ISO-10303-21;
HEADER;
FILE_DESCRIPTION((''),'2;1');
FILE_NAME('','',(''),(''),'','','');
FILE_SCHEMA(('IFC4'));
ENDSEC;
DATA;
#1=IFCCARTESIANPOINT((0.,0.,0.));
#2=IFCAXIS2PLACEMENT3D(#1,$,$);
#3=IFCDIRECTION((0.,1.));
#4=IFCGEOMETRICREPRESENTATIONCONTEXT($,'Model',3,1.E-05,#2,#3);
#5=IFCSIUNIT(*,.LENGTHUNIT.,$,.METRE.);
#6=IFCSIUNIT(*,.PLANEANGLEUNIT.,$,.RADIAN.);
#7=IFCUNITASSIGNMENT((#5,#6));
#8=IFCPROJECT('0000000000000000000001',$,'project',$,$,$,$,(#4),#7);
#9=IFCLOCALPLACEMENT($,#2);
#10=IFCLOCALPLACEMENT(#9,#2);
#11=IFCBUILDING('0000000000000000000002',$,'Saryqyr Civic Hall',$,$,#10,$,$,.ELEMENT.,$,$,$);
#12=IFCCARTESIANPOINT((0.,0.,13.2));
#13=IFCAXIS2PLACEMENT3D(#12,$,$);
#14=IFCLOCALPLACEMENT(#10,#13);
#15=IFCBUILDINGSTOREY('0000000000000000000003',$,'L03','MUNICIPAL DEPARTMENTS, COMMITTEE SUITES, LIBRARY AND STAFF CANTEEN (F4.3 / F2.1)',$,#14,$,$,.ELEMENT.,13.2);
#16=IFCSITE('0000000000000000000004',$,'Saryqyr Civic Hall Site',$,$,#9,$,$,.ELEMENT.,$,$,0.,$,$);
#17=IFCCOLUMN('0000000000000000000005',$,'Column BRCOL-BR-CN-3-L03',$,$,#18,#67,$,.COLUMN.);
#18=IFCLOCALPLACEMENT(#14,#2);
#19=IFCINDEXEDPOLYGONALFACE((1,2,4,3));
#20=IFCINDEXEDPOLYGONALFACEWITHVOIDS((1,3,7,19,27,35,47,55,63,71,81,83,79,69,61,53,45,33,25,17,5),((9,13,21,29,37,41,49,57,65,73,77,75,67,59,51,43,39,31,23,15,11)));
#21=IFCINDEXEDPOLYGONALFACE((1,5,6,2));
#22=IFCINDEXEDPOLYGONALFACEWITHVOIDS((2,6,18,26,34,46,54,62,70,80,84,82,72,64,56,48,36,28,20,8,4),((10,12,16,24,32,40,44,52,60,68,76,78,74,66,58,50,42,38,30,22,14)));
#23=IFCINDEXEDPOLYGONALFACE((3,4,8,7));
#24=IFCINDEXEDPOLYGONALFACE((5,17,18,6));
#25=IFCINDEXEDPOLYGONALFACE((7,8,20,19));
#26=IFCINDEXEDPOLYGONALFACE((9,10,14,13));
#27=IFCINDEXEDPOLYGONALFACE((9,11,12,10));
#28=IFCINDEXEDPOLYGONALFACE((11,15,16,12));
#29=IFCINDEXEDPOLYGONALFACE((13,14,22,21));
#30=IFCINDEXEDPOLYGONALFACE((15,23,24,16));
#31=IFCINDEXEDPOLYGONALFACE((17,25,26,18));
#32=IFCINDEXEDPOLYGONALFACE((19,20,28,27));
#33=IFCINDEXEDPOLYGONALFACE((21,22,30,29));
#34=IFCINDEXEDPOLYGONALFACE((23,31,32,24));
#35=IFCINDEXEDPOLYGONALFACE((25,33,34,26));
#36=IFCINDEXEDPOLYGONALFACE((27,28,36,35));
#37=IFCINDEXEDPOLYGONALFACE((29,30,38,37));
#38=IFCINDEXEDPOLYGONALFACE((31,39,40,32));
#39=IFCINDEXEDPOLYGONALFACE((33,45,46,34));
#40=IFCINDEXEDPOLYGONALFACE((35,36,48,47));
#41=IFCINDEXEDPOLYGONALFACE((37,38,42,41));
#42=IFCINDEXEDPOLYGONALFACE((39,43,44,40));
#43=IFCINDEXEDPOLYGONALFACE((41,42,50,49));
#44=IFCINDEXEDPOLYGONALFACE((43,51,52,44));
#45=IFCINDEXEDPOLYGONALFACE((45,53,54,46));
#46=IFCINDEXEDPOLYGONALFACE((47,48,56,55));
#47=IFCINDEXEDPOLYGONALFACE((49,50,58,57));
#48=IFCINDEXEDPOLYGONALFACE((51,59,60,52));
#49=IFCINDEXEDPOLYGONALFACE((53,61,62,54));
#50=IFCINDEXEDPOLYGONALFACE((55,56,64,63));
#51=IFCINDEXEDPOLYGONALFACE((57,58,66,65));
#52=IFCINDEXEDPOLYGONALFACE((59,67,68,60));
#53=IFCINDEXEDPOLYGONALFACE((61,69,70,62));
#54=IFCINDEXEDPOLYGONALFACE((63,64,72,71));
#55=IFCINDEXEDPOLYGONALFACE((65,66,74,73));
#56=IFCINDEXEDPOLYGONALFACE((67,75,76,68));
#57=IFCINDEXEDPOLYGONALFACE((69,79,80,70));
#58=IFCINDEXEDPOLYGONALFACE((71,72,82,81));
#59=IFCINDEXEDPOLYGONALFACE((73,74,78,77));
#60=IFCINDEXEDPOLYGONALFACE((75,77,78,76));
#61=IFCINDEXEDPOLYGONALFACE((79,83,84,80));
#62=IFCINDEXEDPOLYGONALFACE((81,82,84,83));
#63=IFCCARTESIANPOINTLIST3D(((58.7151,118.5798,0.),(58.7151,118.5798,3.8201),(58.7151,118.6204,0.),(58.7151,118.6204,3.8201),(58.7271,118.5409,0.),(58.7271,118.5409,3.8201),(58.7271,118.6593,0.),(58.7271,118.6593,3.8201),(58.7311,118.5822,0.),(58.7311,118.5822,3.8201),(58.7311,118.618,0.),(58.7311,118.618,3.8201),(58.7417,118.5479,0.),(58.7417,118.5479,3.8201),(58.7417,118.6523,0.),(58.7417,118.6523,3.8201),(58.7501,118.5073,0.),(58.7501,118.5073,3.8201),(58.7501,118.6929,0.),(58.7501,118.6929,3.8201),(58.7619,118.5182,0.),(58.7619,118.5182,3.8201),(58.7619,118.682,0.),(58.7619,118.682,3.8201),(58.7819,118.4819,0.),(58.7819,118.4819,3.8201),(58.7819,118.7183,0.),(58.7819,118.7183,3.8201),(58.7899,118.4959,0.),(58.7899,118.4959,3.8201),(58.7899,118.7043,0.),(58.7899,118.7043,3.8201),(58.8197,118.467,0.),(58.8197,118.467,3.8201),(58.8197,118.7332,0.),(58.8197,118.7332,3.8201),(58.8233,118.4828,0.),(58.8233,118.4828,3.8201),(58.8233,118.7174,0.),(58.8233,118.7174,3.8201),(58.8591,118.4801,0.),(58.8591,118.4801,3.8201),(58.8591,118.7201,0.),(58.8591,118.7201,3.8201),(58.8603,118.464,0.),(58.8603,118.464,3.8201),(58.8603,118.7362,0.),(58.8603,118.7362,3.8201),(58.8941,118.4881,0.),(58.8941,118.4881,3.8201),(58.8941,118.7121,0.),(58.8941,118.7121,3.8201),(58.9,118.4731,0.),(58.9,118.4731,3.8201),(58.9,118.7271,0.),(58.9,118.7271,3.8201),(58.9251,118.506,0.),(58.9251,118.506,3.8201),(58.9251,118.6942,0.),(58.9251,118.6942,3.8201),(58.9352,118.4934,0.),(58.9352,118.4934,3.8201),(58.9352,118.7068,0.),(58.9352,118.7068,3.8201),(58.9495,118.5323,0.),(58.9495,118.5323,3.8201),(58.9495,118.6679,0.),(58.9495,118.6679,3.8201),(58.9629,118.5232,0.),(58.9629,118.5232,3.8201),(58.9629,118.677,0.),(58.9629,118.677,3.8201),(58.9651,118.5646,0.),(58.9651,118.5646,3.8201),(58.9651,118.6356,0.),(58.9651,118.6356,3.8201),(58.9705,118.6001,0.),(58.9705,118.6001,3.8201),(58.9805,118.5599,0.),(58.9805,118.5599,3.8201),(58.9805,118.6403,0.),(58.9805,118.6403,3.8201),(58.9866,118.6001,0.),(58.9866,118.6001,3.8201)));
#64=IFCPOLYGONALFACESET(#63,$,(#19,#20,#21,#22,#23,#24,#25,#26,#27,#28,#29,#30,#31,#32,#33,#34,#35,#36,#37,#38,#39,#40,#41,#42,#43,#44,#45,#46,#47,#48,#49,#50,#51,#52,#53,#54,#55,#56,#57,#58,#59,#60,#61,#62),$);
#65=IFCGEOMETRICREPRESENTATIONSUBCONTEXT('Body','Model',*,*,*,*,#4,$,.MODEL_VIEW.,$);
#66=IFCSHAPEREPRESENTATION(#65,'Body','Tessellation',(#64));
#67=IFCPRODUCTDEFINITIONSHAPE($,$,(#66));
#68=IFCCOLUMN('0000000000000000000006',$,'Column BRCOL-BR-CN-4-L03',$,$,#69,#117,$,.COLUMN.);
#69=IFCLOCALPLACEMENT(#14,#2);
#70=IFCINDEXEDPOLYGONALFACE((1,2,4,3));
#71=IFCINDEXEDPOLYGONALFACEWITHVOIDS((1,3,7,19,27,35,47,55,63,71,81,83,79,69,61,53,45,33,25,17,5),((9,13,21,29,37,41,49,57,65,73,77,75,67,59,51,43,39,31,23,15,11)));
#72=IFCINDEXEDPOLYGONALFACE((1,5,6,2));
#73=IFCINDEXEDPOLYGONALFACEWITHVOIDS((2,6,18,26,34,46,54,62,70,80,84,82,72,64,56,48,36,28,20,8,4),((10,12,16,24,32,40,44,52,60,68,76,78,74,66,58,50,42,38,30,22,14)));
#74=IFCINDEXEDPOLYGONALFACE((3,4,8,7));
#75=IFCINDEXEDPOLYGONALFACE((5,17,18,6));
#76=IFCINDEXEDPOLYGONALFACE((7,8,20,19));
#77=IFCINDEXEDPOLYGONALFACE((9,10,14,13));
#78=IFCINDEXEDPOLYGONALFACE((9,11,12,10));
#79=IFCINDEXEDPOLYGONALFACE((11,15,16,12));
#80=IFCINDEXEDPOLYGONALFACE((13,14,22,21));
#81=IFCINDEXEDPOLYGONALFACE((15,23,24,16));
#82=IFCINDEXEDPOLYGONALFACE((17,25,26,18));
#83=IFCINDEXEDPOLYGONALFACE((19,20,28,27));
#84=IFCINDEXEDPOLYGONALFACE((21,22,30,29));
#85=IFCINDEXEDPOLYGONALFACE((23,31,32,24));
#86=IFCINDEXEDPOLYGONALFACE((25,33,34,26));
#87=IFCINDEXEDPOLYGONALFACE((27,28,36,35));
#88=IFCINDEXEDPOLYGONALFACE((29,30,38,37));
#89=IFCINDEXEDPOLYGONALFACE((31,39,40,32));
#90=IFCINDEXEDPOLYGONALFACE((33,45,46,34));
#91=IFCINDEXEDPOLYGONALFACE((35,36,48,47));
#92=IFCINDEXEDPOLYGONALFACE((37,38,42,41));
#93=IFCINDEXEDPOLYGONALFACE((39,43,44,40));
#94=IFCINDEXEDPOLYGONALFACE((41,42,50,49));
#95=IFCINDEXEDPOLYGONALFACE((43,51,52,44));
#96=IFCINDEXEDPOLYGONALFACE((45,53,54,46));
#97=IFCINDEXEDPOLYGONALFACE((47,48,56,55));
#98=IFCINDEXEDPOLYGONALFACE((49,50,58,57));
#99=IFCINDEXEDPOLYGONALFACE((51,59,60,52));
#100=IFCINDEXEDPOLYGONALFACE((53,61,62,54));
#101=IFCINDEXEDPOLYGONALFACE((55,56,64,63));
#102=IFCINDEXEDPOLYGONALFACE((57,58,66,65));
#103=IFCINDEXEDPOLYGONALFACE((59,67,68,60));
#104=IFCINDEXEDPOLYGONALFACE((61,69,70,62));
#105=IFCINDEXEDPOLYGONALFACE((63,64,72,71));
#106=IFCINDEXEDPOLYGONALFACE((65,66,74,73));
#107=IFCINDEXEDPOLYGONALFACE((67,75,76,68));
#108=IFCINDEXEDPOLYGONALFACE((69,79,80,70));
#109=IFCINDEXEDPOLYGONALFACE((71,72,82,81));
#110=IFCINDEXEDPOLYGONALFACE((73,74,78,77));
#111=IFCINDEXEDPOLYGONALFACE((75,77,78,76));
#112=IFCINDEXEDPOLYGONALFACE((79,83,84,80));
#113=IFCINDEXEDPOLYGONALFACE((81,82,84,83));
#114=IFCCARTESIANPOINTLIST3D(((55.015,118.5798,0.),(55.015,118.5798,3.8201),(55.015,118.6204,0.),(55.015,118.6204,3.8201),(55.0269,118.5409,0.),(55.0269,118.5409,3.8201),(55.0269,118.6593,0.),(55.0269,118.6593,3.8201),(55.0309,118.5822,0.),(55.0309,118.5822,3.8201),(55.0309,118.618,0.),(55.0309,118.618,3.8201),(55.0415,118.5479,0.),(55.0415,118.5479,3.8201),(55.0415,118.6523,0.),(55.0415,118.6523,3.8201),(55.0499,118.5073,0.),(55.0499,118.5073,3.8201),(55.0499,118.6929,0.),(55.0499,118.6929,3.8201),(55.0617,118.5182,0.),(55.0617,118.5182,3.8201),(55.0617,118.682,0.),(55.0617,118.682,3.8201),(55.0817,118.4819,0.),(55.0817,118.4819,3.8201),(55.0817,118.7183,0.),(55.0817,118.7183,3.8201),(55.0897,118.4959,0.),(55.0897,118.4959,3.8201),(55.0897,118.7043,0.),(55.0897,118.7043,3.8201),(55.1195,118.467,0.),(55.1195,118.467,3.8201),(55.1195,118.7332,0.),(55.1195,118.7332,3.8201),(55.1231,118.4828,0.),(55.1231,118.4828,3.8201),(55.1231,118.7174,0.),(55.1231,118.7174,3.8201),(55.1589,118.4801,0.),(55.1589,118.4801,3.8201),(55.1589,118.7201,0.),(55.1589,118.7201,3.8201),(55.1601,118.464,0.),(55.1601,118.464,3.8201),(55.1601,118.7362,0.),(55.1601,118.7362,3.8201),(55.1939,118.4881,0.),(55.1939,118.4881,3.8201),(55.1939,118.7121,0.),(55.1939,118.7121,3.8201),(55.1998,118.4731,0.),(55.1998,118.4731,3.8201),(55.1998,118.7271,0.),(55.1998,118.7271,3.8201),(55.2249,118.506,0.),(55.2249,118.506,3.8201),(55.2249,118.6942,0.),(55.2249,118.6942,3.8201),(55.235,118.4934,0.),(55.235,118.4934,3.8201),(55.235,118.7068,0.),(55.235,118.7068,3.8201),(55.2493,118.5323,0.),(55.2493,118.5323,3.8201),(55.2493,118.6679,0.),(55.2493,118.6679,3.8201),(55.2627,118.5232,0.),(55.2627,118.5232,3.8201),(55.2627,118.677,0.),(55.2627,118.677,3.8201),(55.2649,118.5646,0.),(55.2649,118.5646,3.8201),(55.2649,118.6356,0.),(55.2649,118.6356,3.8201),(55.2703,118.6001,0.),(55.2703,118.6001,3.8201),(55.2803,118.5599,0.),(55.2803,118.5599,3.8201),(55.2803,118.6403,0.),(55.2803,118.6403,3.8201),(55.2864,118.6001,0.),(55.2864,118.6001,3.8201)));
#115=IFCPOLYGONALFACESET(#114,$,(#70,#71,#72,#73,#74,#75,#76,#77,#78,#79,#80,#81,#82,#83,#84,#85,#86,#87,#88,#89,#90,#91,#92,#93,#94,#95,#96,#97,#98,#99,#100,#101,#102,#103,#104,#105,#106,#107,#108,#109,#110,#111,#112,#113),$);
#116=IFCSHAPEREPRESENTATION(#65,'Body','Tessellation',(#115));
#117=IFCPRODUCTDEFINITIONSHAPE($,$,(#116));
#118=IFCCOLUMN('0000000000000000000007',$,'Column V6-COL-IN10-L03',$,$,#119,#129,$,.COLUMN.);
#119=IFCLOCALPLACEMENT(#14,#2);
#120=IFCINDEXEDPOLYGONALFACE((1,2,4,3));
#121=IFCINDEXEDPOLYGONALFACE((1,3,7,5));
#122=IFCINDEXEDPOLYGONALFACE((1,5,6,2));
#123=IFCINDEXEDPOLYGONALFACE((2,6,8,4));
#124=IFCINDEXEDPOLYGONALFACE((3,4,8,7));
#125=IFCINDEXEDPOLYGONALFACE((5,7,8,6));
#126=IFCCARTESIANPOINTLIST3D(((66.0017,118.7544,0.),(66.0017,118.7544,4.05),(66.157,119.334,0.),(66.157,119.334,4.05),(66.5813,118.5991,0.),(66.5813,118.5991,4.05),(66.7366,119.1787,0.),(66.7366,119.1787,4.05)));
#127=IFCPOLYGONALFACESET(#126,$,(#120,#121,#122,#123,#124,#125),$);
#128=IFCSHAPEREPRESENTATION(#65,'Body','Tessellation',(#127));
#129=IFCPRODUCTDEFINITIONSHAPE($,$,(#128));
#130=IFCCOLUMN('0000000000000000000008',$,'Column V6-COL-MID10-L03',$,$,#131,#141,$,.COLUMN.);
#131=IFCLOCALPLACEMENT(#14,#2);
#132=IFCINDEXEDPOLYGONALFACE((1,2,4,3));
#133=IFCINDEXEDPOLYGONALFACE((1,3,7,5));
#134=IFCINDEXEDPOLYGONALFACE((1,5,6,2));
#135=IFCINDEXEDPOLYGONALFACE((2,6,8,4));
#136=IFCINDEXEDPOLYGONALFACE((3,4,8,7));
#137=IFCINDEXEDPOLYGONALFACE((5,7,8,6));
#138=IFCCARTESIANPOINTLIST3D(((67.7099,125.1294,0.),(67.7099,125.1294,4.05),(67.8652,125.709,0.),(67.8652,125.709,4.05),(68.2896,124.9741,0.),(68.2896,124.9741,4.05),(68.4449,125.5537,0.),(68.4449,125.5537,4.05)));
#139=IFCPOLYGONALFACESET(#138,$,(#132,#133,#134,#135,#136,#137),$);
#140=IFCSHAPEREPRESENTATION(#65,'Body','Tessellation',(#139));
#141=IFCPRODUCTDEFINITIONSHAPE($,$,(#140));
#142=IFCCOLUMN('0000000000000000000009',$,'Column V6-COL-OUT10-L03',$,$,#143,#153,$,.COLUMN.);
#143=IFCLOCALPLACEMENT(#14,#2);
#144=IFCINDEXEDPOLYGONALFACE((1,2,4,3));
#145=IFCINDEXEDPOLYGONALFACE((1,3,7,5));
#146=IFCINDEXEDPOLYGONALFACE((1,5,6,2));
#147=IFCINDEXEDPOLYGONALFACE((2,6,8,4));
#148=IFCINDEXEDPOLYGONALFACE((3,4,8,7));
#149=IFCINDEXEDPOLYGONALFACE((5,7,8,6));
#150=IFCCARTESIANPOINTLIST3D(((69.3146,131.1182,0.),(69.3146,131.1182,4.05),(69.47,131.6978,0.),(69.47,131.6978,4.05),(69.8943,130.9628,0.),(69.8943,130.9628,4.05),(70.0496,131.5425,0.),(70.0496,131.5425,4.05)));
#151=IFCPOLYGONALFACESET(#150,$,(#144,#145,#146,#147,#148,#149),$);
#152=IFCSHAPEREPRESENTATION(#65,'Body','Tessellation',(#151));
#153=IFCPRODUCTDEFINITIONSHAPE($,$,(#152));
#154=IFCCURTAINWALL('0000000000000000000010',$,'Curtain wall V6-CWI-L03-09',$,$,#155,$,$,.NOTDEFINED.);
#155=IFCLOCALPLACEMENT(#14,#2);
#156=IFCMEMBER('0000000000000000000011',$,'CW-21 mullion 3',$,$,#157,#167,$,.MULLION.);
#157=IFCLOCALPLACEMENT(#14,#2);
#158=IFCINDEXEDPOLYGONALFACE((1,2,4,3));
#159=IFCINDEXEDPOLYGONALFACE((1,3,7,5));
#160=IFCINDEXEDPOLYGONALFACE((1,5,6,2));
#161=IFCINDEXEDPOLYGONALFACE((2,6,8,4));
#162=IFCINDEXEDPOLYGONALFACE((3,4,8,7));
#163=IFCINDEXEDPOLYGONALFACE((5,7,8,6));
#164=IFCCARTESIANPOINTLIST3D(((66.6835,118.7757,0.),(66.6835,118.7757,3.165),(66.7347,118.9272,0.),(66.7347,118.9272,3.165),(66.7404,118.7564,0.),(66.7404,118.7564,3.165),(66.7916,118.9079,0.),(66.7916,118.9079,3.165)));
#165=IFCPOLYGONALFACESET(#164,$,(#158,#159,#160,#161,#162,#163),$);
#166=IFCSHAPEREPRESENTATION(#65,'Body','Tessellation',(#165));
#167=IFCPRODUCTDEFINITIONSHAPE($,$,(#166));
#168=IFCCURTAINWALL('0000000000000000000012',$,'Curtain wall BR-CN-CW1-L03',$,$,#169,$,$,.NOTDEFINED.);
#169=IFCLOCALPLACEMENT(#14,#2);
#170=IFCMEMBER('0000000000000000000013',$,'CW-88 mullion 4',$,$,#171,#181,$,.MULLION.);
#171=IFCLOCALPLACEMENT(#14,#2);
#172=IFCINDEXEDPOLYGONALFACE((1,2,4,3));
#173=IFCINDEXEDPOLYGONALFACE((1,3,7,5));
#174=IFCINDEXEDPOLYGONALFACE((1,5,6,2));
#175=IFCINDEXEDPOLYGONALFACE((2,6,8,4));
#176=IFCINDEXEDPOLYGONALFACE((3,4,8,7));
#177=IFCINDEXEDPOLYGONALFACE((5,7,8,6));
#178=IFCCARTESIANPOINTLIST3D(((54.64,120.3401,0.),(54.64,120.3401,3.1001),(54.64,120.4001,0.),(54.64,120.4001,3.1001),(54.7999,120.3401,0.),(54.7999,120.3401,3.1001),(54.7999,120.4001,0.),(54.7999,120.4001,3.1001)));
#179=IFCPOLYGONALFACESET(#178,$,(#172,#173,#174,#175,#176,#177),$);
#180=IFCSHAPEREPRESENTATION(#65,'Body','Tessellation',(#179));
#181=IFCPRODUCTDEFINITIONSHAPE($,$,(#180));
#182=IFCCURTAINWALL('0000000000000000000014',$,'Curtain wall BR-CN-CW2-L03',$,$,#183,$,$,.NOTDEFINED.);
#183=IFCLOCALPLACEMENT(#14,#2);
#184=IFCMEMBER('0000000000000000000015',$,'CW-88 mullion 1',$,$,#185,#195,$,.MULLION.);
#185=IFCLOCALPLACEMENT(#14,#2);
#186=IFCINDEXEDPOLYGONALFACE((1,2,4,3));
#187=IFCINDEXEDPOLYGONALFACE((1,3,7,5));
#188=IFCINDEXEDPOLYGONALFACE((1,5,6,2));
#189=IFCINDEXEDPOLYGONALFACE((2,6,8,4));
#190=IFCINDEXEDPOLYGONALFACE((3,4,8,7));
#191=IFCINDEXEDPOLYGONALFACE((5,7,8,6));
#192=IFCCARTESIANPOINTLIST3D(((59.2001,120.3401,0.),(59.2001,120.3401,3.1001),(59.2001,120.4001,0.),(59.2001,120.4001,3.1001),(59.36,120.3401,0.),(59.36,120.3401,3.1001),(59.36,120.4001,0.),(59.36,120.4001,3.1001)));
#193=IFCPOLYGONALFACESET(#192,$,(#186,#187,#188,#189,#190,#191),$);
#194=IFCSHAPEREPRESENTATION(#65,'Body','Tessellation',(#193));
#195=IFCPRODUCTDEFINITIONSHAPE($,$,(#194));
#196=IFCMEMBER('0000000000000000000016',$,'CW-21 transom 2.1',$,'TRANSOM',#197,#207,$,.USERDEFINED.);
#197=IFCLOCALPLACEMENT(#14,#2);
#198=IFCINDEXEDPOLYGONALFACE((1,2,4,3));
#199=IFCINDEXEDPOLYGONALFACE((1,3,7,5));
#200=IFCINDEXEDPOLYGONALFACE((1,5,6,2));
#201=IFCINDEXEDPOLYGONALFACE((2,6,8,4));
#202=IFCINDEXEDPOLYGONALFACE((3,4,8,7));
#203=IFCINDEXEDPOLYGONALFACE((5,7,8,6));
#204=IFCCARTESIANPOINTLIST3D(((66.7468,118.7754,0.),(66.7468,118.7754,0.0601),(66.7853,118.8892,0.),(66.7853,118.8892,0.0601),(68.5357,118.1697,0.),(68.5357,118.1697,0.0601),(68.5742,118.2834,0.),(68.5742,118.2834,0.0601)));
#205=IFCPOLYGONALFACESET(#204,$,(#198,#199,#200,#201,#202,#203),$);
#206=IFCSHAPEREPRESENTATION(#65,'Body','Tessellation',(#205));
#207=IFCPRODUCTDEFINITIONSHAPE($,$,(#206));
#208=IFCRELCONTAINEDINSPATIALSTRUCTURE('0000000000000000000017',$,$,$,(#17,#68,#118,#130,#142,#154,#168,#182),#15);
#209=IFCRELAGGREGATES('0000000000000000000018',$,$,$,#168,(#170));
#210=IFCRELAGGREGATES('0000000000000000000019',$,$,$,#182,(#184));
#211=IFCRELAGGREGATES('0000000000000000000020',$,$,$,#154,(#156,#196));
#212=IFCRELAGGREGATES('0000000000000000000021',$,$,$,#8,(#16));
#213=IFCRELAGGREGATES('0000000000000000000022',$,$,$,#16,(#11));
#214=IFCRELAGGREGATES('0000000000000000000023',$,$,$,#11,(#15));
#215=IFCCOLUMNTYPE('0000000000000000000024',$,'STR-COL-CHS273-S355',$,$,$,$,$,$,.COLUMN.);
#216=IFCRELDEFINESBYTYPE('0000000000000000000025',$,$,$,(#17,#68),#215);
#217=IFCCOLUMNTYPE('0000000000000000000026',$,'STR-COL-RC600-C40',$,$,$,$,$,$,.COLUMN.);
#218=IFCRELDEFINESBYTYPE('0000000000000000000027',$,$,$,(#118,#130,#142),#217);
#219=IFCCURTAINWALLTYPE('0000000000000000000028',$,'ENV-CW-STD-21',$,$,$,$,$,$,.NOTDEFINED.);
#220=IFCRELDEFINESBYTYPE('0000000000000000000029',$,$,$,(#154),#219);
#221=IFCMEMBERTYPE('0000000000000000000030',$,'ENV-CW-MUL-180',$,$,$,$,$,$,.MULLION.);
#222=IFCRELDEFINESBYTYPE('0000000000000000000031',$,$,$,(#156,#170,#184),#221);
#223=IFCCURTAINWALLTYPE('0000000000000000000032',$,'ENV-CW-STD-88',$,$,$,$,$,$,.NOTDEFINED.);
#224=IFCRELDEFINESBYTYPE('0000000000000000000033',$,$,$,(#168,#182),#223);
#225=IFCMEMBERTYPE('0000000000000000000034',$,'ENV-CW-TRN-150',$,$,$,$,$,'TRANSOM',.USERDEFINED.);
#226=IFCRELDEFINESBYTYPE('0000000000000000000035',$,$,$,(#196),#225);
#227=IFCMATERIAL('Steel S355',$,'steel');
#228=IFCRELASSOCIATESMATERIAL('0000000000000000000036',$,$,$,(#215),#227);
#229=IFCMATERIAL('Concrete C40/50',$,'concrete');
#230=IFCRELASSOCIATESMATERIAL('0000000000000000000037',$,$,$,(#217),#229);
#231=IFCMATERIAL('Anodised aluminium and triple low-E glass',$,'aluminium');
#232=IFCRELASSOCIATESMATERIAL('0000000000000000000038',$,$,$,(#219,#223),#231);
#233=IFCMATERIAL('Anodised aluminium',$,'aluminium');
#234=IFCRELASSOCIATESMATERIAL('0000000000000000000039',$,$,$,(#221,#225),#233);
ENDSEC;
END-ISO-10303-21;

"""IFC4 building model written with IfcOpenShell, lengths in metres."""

from ifc_helpers import new_model, si_unit, direction, frame, origin, origin_2d, place, context, subcontext, project, spatial, rectangle, hollow_circle, extrude, material, material_profile, profile_set, type_object, element, aggregate, save


model = new_model("IFC4")

# Units and contexts
model_context = context("Model", 3, precision=1e-05, world=origin(), true_north=direction((0.0, 1.0)))
body_context = subcontext(model_context, "Body", "Model", "MODEL_VIEW")
ifc_project = project(units=[si_unit("LENGTHUNIT", "METRE"), si_unit("PLANEANGLEUNIT", "RADIAN")], contexts=[model_context])

# Site, building, storey
site_placement = place(None, origin())
site = spatial("IfcSite", under=ifc_project, at=site_placement, Name="Saryqyr Civic Hall Site", CompositionType="ELEMENT", RefElevation=0.0)
building_placement = place(site_placement, origin())
building = spatial("IfcBuilding", under=site, at=building_placement, Name="Saryqyr Civic Hall", CompositionType="ELEMENT")
storey_placement = place(building_placement, frame((0.0, 0.0, 13.2)))
storey = spatial("IfcBuildingStorey", under=building, at=storey_placement, Name="L03", Description="MUNICIPAL DEPARTMENTS, COMMITTEE SUITES, LIBRARY AND STAFF CANTEEN (F4.3 / F2.1)", CompositionType="ELEMENT", Elevation=13.2)

# Columns
ifc_material_1 = material(Name="Steel S355", Category="steel")
ifc_material_profile_1 = material_profile(ifc_material_1, hollow_circle(Radius=0.1365, WallThickness=0.0161, at=origin_2d()), Name="CHS 273x16")
ifc_profile_set_1 = profile_set([ifc_material_profile_1], Name="Steel S355")
column_type_1 = type_object("IfcColumnType", Name="STR-COL-CHS273-S355", PredefinedType="COLUMN", material=ifc_profile_set_1)
for number, where, z_axis, x_axis, name in (
    (1, (58.8501, 118.6001, 0.0), (0.0, 0.0, 1.0), (1.0, 0.0, 0.0), "Column BRCOL-BR-CN-3-L03"),
    (2, (55.1499, 118.6001, 0.0), (0.0, 0.0, 1.0), (1.0, 0.0, 0.0), "Column BRCOL-BR-CN-4-L03"),
):
    element("IfcColumn", number, at=place(storey_placement, frame(where, z_axis=z_axis, x_axis=x_axis)), inside=storey, type_object=column_type_1, Name=name, PredefinedType="COLUMN", context=body_context, shape_type="SweptSolid", body=[
        extrude(hollow_circle(Radius=0.1365, WallThickness=0.0161, at=origin_2d()), origin(), (0.0, 0.0, 1.0), 3.8201),
    ])
ifc_material_2 = material(Name="Concrete C40/50", Category="concrete")
ifc_material_profile_2 = material_profile(ifc_material_2, rectangle(XDim=0.6001, YDim=0.6001, at=origin_2d()), Name="RC 600x600")
ifc_profile_set_2 = profile_set([ifc_material_profile_2], Name="Concrete C40/50")
column_type_2 = type_object("IfcColumnType", Name="STR-COL-RC600-C40", PredefinedType="COLUMN", material=ifc_profile_set_2)
for number, where, z_axis, x_axis, name in (
    (3, (66.3691, 118.9666, 0.0), (0.0, 0.0, 1.0), (0.258819, 0.965926, 0.0), "Column V6-COL-IN10-L03"),
    (4, (68.0774, 125.3416, 0.0), (0.0, 0.0, 1.0), (0.258819, 0.965926, 0.0), "Column V6-COL-MID10-L03"),
    (5, (69.6821, 131.3303, 0.0), (0.0, 0.0, 1.0), (0.258819, 0.965926, 0.0), "Column V6-COL-OUT10-L03"),
):
    element("IfcColumn", number, at=place(storey_placement, frame(where, z_axis=z_axis, x_axis=x_axis)), inside=storey, type_object=column_type_2, Name=name, PredefinedType="COLUMN", context=body_context, shape_type="SweptSolid", body=[
        extrude(rectangle(XDim=0.6001, YDim=0.6001, at=origin_2d()), origin(), (0.0, 0.0, 1.0), 4.05),
    ])

# Curtain walls, members
ifc_material_3 = material(Name="Anodised aluminium and triple low-E glass", Category="aluminium")
curtain_wall_type_1 = type_object("IfcCurtainWallType", Name="ENV-CW-STD-21", PredefinedType="NOTDEFINED", material=ifc_material_3)
curtain_wall_1_placement = place(storey_placement, origin())
curtain_wall_1 = element("IfcCurtainWall", 6, at=curtain_wall_1_placement, inside=storey, type_object=curtain_wall_type_1, Name="Curtain wall V6-CWI-L03-09", PredefinedType="NOTDEFINED")
ifc_material_4 = material(Name="Anodised aluminium", Category="aluminium")
ifc_material_profile_3 = material_profile(ifc_material_4, rectangle(XDim=0.0601, YDim=0.1599, at=origin_2d()), Name="ALU MULLION 60x160")
ifc_profile_set_3 = profile_set([ifc_material_profile_3], Name="Anodised aluminium")
member_type_1 = type_object("IfcMemberType", Name="ENV-CW-MUL-180", PredefinedType="MULLION", material=ifc_profile_set_3)
member_1_placement = place(storey_placement, frame((66.7375, 118.8418, 0.0), z_axis=(0.0, 0.0, 1.0), x_axis=(-0.947202, 0.320636, 0.0)))
member_1 = element("IfcMember", 7, at=member_1_placement, type_object=member_type_1, Name="CW-21 mullion 3", PredefinedType="MULLION", context=body_context, shape_type="SweptSolid", body=[
    extrude(rectangle(XDim=0.0601, YDim=0.1599, at=origin_2d()), origin(), (0.0, 0.0, 1.0), 3.165),
])
curtain_wall_type_2 = type_object("IfcCurtainWallType", Name="ENV-CW-STD-88", PredefinedType="NOTDEFINED", material=ifc_material_3)
curtain_wall_2_placement = place(storey_placement, origin())
curtain_wall_2 = element("IfcCurtainWall", 8, at=curtain_wall_2_placement, inside=storey, type_object=curtain_wall_type_2, Name="Curtain wall BR-CN-CW1-L03", PredefinedType="NOTDEFINED")
member_2_placement = place(storey_placement, frame((54.72, 120.3701, 0.0), z_axis=(0.0, 0.0, 1.0), x_axis=(0.0, 1.0, 0.0)))
member_2 = element("IfcMember", 9, at=member_2_placement, type_object=member_type_1, Name="CW-88 mullion 4", PredefinedType="MULLION", context=body_context, shape_type="SweptSolid", body=[
    extrude(rectangle(XDim=0.0601, YDim=0.1599, at=origin_2d()), origin(), (0.0, 0.0, 1.0), 3.1001),
])
aggregate(curtain_wall_2, [member_2])
curtain_wall_3_placement = place(storey_placement, origin())
curtain_wall_3 = element("IfcCurtainWall", 10, at=curtain_wall_3_placement, inside=storey, type_object=curtain_wall_type_2, Name="Curtain wall BR-CN-CW2-L03", PredefinedType="NOTDEFINED")
member_3_placement = place(storey_placement, frame((59.28, 120.3701, 0.0), z_axis=(0.0, 0.0, 1.0), x_axis=(0.0, -1.0, 0.0)))
member_3 = element("IfcMember", 11, at=member_3_placement, type_object=member_type_1, Name="CW-88 mullion 1", PredefinedType="MULLION", context=body_context, shape_type="SweptSolid", body=[
    extrude(rectangle(XDim=0.0601, YDim=0.1599, at=origin_2d()), origin(), (0.0, 0.0, 1.0), 3.1001),
])

# Member
ifc_material_profile_4 = material_profile(ifc_material_4, rectangle(XDim=0.1201, YDim=0.0601, at=origin_2d()), Name="ALU TRANSOM 120x60")
ifc_profile_set_4 = profile_set([ifc_material_profile_4], Name="Anodised aluminium")
member_type_2 = type_object("IfcMemberType", Name="ENV-CW-TRN-150", ElementType="TRANSOM", PredefinedType="USERDEFINED", material=ifc_profile_set_4)
member_4_placement = place(storey_placement, frame((68.5549, 118.2266, 0.03), z_axis=(-0.947173, 0.320723, 0.0), x_axis=(-0.320723, -0.947173, 0.0)))
member_4 = element("IfcMember", 12, at=member_4_placement, type_object=member_type_2, Name="CW-21 transom 2.1", ObjectType="TRANSOM", PredefinedType="USERDEFINED", context=body_context, shape_type="SweptSolid", body=[
    extrude(rectangle(XDim=0.1201, YDim=0.0601, at=origin_2d()), origin(), (0.0, 0.0, 1.0), 1.8887),
])
aggregate(curtain_wall_3, [member_3])

aggregate(curtain_wall_1, [member_1, member_4])

save(model, "model.ifc")
